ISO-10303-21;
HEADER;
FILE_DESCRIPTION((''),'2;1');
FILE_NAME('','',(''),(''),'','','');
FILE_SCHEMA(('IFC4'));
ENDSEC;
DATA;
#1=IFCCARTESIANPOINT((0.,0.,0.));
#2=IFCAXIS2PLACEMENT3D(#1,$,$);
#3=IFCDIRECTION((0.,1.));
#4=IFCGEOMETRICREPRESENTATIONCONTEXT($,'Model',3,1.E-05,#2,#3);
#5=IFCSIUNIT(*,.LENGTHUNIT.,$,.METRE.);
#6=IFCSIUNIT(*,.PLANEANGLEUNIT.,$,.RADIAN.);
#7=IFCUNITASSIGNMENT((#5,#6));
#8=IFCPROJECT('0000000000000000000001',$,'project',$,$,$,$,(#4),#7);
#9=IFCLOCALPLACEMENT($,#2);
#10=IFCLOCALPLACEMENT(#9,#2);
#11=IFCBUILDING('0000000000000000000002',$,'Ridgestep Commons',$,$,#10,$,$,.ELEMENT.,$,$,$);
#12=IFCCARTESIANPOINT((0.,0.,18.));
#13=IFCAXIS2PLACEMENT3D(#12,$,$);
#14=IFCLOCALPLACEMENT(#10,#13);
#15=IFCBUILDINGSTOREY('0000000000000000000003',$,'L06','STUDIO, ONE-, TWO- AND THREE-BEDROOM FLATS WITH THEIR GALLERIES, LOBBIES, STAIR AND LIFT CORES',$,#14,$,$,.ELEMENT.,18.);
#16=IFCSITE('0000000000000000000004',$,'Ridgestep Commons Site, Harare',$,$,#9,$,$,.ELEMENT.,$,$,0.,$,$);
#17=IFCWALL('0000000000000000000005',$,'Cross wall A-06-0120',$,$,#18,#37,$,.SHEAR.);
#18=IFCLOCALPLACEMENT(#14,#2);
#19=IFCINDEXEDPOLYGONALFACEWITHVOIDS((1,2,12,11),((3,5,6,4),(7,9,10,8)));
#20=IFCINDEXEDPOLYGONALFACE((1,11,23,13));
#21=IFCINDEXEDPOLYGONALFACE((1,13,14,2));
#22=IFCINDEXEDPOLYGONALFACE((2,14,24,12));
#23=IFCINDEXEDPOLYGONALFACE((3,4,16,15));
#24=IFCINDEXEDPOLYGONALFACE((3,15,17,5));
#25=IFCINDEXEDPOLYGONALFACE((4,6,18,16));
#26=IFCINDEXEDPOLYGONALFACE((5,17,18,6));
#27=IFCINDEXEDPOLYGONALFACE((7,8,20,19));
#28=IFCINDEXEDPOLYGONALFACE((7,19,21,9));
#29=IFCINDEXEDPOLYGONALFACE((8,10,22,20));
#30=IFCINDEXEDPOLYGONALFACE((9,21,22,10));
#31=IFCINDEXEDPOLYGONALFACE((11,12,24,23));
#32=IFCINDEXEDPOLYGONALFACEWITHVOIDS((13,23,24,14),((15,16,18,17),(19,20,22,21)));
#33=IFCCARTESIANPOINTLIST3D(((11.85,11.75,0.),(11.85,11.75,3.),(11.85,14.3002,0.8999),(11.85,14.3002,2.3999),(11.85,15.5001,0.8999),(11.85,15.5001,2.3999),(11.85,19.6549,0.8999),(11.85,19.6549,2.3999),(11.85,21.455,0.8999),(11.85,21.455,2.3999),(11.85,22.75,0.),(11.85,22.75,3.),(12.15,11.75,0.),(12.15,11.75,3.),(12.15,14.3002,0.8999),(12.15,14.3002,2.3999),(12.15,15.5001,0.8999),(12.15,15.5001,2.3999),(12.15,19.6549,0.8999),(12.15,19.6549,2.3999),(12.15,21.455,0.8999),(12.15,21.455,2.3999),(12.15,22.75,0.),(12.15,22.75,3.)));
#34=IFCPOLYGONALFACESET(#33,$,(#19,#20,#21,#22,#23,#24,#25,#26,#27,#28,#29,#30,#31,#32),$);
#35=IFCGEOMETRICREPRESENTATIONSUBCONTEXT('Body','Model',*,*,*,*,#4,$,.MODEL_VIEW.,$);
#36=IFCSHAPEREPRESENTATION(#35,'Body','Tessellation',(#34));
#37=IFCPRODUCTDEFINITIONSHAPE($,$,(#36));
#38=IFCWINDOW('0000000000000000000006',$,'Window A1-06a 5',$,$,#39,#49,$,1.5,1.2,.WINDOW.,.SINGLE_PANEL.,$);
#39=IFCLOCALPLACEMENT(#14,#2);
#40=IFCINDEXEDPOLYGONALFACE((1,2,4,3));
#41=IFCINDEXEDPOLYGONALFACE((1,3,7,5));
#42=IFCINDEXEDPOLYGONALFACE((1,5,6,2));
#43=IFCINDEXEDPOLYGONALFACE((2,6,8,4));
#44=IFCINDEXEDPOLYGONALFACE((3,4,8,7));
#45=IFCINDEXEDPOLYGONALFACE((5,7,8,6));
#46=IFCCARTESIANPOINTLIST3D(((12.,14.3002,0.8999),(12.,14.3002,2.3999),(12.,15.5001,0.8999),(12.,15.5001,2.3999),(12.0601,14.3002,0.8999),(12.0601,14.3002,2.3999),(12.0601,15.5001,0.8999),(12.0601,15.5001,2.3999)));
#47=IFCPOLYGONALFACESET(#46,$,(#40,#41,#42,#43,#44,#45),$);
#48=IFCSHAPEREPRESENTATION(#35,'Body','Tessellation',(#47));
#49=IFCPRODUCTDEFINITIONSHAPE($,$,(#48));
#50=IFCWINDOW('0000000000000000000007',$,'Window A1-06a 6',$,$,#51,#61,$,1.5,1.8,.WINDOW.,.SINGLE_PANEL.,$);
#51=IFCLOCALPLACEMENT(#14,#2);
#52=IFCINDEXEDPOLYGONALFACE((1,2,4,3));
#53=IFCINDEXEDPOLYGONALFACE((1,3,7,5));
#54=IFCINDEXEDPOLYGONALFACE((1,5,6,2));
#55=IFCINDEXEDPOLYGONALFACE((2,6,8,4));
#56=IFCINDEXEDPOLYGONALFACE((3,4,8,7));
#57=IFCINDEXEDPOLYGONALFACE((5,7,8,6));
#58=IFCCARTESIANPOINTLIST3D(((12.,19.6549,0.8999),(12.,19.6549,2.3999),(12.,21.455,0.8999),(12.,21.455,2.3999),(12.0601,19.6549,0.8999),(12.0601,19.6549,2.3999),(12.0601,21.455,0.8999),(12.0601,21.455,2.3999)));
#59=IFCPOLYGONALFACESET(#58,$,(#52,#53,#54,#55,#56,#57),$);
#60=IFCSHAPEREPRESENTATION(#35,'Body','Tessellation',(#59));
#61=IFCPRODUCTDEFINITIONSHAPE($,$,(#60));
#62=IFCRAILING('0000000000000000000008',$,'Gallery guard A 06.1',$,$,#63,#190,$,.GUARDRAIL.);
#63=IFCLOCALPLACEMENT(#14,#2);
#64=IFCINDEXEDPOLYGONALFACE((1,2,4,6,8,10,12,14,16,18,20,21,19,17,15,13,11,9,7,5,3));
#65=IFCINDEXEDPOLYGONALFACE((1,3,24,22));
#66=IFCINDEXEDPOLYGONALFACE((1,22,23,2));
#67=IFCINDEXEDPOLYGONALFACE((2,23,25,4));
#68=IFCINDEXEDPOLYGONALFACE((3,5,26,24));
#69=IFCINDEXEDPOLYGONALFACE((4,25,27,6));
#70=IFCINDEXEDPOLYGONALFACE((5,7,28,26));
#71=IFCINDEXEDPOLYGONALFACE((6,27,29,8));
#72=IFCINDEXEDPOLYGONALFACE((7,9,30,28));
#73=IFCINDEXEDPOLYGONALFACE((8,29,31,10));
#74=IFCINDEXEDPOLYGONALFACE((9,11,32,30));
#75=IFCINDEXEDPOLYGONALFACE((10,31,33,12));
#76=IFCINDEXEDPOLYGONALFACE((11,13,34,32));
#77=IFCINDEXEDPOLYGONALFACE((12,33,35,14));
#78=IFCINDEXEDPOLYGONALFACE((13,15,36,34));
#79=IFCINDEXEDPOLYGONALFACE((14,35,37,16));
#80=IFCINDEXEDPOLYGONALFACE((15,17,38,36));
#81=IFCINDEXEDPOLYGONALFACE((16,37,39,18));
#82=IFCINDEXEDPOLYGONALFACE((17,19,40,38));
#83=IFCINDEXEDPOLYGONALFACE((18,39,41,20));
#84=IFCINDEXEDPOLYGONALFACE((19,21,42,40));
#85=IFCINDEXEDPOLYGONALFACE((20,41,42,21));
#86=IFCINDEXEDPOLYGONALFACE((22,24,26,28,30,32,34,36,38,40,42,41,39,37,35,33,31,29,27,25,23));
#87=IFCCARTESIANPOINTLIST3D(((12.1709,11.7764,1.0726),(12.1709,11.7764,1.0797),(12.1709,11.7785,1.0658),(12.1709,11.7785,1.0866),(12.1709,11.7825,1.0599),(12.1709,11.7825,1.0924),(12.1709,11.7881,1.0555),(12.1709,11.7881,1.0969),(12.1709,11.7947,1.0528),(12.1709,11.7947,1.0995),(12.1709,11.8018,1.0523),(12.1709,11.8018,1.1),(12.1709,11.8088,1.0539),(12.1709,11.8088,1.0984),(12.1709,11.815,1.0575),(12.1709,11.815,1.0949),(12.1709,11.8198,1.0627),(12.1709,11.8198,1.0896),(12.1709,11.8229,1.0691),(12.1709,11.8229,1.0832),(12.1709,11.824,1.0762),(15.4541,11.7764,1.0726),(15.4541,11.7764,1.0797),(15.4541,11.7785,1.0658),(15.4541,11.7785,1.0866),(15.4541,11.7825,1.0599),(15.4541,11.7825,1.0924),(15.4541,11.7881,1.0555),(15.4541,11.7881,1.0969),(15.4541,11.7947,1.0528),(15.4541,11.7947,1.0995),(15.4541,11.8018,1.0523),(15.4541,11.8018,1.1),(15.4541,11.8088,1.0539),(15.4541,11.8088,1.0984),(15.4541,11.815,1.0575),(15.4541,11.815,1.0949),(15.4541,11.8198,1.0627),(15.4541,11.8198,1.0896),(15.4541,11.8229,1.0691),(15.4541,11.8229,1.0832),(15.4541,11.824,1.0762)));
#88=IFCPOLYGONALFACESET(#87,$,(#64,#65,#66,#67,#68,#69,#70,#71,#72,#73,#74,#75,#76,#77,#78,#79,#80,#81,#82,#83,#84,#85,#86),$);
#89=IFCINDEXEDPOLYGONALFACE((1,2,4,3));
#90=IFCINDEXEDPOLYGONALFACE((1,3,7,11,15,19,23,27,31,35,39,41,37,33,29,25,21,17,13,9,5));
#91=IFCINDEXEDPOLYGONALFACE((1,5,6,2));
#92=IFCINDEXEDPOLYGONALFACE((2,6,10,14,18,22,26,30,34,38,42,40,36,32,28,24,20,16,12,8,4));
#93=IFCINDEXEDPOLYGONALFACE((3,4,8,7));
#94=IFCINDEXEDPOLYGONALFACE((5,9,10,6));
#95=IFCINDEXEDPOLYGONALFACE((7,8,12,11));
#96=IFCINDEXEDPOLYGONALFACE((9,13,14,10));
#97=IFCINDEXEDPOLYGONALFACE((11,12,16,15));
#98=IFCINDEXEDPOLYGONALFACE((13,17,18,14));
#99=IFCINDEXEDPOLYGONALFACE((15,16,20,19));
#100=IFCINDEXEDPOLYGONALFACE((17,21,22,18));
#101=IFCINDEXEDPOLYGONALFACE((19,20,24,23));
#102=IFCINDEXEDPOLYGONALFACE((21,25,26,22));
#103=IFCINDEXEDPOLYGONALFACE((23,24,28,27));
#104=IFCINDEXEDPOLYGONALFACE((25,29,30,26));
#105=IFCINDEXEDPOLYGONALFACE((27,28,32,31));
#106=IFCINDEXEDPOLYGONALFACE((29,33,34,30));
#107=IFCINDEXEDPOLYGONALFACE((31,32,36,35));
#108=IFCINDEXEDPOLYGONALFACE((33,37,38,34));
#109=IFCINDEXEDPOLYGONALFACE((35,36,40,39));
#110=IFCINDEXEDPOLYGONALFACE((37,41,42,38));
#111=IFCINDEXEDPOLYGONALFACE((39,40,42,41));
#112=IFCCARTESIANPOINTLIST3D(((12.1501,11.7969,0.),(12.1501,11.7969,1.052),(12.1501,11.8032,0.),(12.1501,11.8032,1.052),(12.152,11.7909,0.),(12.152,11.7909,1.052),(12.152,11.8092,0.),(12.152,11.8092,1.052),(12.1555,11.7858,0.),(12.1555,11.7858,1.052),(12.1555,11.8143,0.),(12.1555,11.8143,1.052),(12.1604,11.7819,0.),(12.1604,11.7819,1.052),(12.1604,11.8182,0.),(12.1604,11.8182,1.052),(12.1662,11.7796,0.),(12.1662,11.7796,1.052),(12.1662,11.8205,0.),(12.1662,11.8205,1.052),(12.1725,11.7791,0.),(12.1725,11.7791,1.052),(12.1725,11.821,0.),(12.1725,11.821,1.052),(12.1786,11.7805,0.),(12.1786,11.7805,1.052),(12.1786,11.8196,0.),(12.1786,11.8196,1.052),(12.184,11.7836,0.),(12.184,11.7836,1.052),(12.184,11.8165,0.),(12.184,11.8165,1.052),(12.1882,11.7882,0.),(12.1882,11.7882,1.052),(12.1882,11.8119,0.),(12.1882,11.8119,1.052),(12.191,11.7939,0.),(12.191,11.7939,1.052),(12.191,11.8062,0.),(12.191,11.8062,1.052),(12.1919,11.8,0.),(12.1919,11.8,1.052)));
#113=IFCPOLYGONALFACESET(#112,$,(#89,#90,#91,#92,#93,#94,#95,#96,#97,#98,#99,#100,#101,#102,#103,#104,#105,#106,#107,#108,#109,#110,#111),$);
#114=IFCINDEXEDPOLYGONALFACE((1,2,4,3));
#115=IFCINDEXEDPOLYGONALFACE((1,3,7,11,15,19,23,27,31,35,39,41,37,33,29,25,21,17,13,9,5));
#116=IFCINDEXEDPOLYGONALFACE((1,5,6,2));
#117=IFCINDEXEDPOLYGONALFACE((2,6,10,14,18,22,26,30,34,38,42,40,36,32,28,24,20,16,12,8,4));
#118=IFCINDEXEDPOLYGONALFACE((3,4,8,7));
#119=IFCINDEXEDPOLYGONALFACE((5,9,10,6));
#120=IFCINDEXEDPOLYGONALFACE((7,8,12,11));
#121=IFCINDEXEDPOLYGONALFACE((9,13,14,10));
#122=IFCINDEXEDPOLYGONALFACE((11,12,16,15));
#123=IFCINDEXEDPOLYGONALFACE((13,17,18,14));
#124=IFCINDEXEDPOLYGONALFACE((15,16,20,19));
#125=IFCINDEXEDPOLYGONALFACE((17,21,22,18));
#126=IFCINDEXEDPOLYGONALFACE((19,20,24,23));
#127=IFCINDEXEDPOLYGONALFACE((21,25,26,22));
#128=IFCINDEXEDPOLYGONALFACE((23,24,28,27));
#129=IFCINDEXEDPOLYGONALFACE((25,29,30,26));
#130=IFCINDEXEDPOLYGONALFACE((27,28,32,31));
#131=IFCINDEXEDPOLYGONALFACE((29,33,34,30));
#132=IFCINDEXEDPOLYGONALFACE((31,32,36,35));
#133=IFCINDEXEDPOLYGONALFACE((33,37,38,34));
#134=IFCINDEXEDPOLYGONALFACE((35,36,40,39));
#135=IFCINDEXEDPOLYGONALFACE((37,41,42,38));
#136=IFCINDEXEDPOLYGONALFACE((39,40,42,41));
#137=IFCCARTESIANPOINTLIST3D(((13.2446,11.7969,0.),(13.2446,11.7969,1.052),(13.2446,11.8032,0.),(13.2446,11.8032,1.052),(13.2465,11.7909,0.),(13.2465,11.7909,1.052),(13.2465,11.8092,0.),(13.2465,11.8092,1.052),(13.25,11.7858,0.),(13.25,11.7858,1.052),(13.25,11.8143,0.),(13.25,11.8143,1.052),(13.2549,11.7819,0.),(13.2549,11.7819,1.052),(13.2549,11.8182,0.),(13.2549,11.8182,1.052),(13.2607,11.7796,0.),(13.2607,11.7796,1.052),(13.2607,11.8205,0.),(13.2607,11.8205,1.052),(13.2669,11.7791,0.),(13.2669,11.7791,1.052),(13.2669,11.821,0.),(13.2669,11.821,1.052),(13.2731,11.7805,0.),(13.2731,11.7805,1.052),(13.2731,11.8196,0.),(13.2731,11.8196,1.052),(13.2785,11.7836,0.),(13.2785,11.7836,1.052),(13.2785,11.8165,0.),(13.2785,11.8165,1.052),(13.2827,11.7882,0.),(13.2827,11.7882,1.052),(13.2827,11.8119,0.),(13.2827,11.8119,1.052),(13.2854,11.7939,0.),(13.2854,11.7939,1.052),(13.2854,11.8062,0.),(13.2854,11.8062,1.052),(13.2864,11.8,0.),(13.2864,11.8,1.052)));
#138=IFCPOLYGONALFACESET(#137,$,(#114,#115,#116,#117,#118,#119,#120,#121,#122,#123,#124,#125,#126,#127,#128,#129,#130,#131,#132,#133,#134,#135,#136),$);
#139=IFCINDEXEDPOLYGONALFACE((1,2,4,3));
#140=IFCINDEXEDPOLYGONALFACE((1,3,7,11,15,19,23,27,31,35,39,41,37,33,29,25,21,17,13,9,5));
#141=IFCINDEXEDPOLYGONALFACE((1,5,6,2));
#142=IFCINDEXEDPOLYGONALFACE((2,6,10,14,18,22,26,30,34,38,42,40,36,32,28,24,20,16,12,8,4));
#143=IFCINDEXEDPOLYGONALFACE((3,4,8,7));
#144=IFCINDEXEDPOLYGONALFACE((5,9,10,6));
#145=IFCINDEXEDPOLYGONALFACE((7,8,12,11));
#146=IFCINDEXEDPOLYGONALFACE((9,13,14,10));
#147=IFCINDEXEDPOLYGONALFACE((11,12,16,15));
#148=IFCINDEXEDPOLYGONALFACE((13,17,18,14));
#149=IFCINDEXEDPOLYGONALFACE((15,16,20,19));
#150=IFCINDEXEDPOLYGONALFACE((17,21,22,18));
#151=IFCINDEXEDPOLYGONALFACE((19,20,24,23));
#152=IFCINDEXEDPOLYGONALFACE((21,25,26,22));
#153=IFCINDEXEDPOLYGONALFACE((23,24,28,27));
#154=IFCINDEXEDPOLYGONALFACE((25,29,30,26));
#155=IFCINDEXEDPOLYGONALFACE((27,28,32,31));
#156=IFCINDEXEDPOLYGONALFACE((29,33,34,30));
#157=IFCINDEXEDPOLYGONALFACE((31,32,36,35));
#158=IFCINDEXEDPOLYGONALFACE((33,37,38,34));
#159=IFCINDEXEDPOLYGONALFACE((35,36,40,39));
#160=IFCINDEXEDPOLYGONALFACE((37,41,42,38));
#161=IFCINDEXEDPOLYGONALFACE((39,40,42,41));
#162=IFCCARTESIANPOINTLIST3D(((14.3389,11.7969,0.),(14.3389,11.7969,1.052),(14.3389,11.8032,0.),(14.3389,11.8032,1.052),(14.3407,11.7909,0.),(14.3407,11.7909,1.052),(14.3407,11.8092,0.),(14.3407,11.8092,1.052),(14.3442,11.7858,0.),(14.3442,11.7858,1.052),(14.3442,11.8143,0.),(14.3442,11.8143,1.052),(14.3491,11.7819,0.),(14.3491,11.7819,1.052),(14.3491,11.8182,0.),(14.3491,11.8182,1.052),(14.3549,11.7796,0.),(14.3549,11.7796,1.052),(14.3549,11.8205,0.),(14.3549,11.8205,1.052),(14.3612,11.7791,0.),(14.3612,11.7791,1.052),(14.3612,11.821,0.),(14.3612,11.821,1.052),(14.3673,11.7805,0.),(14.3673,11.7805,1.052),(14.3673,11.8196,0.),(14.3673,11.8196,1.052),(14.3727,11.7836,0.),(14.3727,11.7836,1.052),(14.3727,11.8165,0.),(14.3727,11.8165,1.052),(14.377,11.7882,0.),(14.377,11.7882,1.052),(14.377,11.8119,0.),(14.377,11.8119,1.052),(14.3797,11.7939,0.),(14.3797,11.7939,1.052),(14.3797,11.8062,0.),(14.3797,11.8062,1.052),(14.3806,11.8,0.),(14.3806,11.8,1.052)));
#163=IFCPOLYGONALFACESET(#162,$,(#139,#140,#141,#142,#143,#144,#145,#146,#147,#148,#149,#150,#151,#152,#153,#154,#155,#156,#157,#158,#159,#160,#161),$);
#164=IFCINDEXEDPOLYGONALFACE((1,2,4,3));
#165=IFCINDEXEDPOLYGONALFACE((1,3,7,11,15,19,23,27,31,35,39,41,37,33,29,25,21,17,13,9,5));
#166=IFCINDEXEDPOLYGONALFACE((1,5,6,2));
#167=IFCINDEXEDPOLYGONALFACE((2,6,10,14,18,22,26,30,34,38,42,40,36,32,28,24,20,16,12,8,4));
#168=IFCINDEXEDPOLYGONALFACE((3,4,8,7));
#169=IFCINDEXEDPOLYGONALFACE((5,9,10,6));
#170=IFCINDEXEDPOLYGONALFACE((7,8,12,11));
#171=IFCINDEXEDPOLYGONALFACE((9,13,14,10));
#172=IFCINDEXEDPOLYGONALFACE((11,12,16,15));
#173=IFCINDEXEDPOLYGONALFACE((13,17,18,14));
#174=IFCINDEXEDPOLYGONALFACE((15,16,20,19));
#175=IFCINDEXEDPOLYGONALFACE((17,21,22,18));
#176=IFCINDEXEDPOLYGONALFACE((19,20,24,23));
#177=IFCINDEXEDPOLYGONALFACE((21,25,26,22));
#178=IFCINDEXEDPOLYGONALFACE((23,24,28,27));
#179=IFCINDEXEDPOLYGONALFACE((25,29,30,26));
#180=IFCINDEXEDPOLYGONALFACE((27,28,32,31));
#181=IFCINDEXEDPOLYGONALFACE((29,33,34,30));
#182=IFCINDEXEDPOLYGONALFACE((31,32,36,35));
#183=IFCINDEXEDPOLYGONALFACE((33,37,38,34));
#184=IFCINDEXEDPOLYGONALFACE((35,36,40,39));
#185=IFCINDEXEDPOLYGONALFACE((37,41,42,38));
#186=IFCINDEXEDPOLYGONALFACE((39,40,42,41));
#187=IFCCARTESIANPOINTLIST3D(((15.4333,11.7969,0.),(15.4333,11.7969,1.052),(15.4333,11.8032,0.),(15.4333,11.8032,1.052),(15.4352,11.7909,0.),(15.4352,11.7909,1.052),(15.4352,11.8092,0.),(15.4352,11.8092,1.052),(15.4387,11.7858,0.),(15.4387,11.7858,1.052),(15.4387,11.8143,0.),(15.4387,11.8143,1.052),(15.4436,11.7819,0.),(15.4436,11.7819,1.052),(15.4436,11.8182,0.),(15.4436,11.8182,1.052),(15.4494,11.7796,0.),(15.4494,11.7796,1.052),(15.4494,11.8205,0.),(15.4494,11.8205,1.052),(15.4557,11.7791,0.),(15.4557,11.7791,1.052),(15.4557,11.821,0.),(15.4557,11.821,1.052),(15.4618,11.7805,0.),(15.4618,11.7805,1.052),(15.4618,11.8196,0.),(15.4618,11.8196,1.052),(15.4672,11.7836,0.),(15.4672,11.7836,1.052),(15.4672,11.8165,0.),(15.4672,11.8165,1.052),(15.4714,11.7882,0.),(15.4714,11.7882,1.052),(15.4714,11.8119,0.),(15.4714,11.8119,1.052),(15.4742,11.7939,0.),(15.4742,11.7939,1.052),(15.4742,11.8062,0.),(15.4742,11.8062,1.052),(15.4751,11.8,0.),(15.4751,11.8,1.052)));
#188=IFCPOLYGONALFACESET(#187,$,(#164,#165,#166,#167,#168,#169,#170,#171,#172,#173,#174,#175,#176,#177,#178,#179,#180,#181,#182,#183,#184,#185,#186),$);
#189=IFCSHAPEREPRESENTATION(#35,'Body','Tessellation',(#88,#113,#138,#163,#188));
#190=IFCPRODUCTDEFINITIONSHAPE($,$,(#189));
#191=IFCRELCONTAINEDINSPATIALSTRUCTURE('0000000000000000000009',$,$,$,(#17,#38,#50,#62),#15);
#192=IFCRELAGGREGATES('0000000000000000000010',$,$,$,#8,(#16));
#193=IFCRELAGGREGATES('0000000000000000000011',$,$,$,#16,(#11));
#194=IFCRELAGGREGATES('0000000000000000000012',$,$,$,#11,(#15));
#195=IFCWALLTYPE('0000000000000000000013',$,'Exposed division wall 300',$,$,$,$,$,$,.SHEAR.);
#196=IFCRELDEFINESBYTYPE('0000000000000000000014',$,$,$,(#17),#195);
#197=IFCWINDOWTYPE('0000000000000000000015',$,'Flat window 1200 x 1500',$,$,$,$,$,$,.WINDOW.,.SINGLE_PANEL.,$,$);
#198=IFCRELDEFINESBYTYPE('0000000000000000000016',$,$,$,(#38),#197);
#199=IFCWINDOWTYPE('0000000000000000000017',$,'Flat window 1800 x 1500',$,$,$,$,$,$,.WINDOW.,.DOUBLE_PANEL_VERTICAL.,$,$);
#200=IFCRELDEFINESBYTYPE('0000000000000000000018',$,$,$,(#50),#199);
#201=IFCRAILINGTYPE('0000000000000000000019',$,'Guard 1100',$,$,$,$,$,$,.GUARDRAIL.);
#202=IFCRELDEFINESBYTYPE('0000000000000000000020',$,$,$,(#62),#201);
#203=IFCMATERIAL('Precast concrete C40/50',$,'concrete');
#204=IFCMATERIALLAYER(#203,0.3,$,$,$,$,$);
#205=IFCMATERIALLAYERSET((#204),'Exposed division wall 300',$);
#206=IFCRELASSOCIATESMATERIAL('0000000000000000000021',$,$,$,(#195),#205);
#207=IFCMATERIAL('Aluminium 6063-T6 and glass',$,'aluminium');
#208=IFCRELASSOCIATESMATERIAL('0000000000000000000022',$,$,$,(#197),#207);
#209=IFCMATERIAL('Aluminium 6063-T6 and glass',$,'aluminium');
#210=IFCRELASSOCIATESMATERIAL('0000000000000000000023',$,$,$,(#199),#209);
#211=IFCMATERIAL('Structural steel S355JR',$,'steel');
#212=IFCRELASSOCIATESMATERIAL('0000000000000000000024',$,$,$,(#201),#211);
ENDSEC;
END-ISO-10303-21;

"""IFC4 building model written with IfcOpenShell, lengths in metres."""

from ifc_helpers import new_model, si_unit, direction, frame, frame_2d, origin, origin_2d, place, context, subcontext, project, spatial, rectangle, circle, extrude, material, layer, layer_set, type_object, element, fill, save


model = new_model("IFC4")

# Units and contexts
model_context = context("Model", 3, precision=1e-05, world=origin(), true_north=direction((0.0, 1.0)))
body_context = subcontext(model_context, "Body", "Model", "MODEL_VIEW")
ifc_project = project(units=[si_unit("LENGTHUNIT", "METRE"), si_unit("PLANEANGLEUNIT", "RADIAN")], contexts=[model_context])

# Site, building, storey
site_placement = place(None, origin())
site = spatial("IfcSite", under=ifc_project, at=site_placement, Name="Ridgestep Commons Site, Harare", CompositionType="ELEMENT", RefElevation=0.0)
building_placement = place(site_placement, origin())
building = spatial("IfcBuilding", under=site, at=building_placement, Name="Ridgestep Commons", CompositionType="ELEMENT")
storey_placement = place(building_placement, frame((0.0, 0.0, 18.0)))
storey = spatial("IfcBuildingStorey", under=building, at=storey_placement, Name="L06", Description="STUDIO, ONE-, TWO- AND THREE-BEDROOM FLATS WITH THEIR GALLERIES, LOBBIES, STAIR AND LIFT CORES", CompositionType="ELEMENT", Elevation=18.0)

# Wall, openings, windows
ifc_material_1 = material(Name="Precast concrete C40/50", Category="concrete")
ifc_layer_1 = layer(ifc_material_1, 0.3)
ifc_layer_set_1 = layer_set([ifc_layer_1], Name="Exposed division wall 300")
wall_type_1 = type_object("IfcWallType", Name="Exposed division wall 300", PredefinedType="SHEAR", material=ifc_layer_set_1)
wall_1_placement = place(storey_placement, frame((12.0, 11.75, 0.0), z_axis=(0.0, 0.0, 1.0), x_axis=(0.0, 1.0, 0.0)))
wall_1 = element("IfcWall", 1, at=wall_1_placement, inside=storey, type_object=wall_type_1, Name="Cross wall A-06-0120", PredefinedType="SHEAR", context=body_context, shape_type="SweptSolid", body=[
    extrude(rectangle(XDim=11.0, YDim=0.3, at=frame_2d((5.5, 0.0))), origin(), (0.0, 0.0, 1.0), 3.0),
])
opening_1_placement = place(wall_1_placement, frame((2.55, 0.0, 0.8999)))
opening_1 = element("IfcOpeningElement", 2, at=opening_1_placement, cuts=wall_1, PredefinedType="OPENING", context=body_context, shape_type="SweptSolid", body=[
    extrude(rectangle(XDim=1.2, YDim=1.5, at=frame_2d((0.6001, 0.75))), frame((0.0, 0.1599, 0.0), z_axis=(0.0, -1.0, 0.0), x_axis=(1.0, 0.0, 0.0)), (0.0, 0.0, 1.0), 0.3201),
])
opening_2_placement = place(wall_1_placement, frame((7.905, 0.0, 0.8999)))
opening_2 = element("IfcOpeningElement", 3, at=opening_2_placement, cuts=wall_1, PredefinedType="OPENING", context=body_context, shape_type="SweptSolid", body=[
    extrude(rectangle(XDim=1.8, YDim=1.5, at=frame_2d((0.8999, 0.75))), frame((0.0, 0.1599, 0.0), z_axis=(0.0, -1.0, 0.0), x_axis=(1.0, 0.0, 0.0)), (0.0, 0.0, 1.0), 0.3201),
])
ifc_material_2 = material(Name="Aluminium 6063-T6 and glass", Category="aluminium")
window_type_1 = type_object("IfcWindowType", Name="Flat window 1200 x 1500", PartitioningType="SINGLE_PANEL", PredefinedType="WINDOW", material=ifc_material_2)
window_1_placement = place(opening_1_placement, origin())
window_1 = element("IfcWindow", 4, at=window_1_placement, inside=storey, type_object=window_type_1, Name="Window A1-06a 5", OverallHeight=1.5, OverallWidth=1.2, PartitioningType="SINGLE_PANEL", PredefinedType="WINDOW", context=body_context, shape_type="SweptSolid", body=[
    extrude(rectangle(XDim=1.2, YDim=1.5, at=frame_2d((0.6001, 0.75))), frame((0.0, 0.0, 0.0), z_axis=(0.0, -1.0, 0.0), x_axis=(1.0, 0.0, 0.0)), (0.0, 0.0, 1.0), 0.0601),
])
fill(opening_1, window_1)
ifc_material_3 = material(Name="Aluminium 6063-T6 and glass", Category="aluminium")
window_type_2 = type_object("IfcWindowType", Name="Flat window 1800 x 1500", PartitioningType="DOUBLE_PANEL_VERTICAL", PredefinedType="WINDOW", material=ifc_material_3)
window_2_placement = place(opening_2_placement, origin())
window_2 = element("IfcWindow", 5, at=window_2_placement, inside=storey, type_object=window_type_2, Name="Window A1-06a 6", OverallHeight=1.5, OverallWidth=1.8, PartitioningType="SINGLE_PANEL", PredefinedType="WINDOW", context=body_context, shape_type="SweptSolid", body=[
    extrude(rectangle(XDim=1.8, YDim=1.5, at=frame_2d((0.8999, 0.75))), frame((0.0, 0.0, 0.0), z_axis=(0.0, -1.0, 0.0), x_axis=(1.0, 0.0, 0.0)), (0.0, 0.0, 1.0), 0.0601),
])
fill(opening_2, window_2)

# Railing
ifc_material_4 = material(Name="Structural steel S355JR", Category="steel")
railing_type = type_object("IfcRailingType", Name="Guard 1100", PredefinedType="GUARDRAIL", material=ifc_material_4)
railing_1_placement = place(storey_placement, frame((12.1709, 11.8, 0.0)))
element("IfcRailing", 6, at=railing_1_placement, inside=storey, type_object=railing_type, Name="Gallery guard A 06.1", PredefinedType="GUARDRAIL", context=body_context, shape_type="SweptSolid", body=[
    extrude(circle(Radius=0.0239, at=origin_2d()), frame((0.0, 0.0, 1.0762), z_axis=(1.0, 0.0, 0.0), x_axis=(0.0, 1.0, 0.0)), (0.0, 0.0, 1.0), 3.2832),
    extrude(circle(Radius=0.021, at=origin_2d()), origin(), (0.0, 0.0, 1.0), 1.052),
    extrude(circle(Radius=0.021, at=origin_2d()), frame((1.0945, 0.0, 0.0)), (0.0, 0.0, 1.0), 1.052),
    extrude(circle(Radius=0.021, at=origin_2d()), frame((2.1887, 0.0, 0.0)), (0.0, 0.0, 1.0), 1.052),
    extrude(circle(Radius=0.021, at=origin_2d()), frame((3.2832, 0.0, 0.0)), (0.0, 0.0, 1.0), 1.052),
])

save(model, "model.ifc")
